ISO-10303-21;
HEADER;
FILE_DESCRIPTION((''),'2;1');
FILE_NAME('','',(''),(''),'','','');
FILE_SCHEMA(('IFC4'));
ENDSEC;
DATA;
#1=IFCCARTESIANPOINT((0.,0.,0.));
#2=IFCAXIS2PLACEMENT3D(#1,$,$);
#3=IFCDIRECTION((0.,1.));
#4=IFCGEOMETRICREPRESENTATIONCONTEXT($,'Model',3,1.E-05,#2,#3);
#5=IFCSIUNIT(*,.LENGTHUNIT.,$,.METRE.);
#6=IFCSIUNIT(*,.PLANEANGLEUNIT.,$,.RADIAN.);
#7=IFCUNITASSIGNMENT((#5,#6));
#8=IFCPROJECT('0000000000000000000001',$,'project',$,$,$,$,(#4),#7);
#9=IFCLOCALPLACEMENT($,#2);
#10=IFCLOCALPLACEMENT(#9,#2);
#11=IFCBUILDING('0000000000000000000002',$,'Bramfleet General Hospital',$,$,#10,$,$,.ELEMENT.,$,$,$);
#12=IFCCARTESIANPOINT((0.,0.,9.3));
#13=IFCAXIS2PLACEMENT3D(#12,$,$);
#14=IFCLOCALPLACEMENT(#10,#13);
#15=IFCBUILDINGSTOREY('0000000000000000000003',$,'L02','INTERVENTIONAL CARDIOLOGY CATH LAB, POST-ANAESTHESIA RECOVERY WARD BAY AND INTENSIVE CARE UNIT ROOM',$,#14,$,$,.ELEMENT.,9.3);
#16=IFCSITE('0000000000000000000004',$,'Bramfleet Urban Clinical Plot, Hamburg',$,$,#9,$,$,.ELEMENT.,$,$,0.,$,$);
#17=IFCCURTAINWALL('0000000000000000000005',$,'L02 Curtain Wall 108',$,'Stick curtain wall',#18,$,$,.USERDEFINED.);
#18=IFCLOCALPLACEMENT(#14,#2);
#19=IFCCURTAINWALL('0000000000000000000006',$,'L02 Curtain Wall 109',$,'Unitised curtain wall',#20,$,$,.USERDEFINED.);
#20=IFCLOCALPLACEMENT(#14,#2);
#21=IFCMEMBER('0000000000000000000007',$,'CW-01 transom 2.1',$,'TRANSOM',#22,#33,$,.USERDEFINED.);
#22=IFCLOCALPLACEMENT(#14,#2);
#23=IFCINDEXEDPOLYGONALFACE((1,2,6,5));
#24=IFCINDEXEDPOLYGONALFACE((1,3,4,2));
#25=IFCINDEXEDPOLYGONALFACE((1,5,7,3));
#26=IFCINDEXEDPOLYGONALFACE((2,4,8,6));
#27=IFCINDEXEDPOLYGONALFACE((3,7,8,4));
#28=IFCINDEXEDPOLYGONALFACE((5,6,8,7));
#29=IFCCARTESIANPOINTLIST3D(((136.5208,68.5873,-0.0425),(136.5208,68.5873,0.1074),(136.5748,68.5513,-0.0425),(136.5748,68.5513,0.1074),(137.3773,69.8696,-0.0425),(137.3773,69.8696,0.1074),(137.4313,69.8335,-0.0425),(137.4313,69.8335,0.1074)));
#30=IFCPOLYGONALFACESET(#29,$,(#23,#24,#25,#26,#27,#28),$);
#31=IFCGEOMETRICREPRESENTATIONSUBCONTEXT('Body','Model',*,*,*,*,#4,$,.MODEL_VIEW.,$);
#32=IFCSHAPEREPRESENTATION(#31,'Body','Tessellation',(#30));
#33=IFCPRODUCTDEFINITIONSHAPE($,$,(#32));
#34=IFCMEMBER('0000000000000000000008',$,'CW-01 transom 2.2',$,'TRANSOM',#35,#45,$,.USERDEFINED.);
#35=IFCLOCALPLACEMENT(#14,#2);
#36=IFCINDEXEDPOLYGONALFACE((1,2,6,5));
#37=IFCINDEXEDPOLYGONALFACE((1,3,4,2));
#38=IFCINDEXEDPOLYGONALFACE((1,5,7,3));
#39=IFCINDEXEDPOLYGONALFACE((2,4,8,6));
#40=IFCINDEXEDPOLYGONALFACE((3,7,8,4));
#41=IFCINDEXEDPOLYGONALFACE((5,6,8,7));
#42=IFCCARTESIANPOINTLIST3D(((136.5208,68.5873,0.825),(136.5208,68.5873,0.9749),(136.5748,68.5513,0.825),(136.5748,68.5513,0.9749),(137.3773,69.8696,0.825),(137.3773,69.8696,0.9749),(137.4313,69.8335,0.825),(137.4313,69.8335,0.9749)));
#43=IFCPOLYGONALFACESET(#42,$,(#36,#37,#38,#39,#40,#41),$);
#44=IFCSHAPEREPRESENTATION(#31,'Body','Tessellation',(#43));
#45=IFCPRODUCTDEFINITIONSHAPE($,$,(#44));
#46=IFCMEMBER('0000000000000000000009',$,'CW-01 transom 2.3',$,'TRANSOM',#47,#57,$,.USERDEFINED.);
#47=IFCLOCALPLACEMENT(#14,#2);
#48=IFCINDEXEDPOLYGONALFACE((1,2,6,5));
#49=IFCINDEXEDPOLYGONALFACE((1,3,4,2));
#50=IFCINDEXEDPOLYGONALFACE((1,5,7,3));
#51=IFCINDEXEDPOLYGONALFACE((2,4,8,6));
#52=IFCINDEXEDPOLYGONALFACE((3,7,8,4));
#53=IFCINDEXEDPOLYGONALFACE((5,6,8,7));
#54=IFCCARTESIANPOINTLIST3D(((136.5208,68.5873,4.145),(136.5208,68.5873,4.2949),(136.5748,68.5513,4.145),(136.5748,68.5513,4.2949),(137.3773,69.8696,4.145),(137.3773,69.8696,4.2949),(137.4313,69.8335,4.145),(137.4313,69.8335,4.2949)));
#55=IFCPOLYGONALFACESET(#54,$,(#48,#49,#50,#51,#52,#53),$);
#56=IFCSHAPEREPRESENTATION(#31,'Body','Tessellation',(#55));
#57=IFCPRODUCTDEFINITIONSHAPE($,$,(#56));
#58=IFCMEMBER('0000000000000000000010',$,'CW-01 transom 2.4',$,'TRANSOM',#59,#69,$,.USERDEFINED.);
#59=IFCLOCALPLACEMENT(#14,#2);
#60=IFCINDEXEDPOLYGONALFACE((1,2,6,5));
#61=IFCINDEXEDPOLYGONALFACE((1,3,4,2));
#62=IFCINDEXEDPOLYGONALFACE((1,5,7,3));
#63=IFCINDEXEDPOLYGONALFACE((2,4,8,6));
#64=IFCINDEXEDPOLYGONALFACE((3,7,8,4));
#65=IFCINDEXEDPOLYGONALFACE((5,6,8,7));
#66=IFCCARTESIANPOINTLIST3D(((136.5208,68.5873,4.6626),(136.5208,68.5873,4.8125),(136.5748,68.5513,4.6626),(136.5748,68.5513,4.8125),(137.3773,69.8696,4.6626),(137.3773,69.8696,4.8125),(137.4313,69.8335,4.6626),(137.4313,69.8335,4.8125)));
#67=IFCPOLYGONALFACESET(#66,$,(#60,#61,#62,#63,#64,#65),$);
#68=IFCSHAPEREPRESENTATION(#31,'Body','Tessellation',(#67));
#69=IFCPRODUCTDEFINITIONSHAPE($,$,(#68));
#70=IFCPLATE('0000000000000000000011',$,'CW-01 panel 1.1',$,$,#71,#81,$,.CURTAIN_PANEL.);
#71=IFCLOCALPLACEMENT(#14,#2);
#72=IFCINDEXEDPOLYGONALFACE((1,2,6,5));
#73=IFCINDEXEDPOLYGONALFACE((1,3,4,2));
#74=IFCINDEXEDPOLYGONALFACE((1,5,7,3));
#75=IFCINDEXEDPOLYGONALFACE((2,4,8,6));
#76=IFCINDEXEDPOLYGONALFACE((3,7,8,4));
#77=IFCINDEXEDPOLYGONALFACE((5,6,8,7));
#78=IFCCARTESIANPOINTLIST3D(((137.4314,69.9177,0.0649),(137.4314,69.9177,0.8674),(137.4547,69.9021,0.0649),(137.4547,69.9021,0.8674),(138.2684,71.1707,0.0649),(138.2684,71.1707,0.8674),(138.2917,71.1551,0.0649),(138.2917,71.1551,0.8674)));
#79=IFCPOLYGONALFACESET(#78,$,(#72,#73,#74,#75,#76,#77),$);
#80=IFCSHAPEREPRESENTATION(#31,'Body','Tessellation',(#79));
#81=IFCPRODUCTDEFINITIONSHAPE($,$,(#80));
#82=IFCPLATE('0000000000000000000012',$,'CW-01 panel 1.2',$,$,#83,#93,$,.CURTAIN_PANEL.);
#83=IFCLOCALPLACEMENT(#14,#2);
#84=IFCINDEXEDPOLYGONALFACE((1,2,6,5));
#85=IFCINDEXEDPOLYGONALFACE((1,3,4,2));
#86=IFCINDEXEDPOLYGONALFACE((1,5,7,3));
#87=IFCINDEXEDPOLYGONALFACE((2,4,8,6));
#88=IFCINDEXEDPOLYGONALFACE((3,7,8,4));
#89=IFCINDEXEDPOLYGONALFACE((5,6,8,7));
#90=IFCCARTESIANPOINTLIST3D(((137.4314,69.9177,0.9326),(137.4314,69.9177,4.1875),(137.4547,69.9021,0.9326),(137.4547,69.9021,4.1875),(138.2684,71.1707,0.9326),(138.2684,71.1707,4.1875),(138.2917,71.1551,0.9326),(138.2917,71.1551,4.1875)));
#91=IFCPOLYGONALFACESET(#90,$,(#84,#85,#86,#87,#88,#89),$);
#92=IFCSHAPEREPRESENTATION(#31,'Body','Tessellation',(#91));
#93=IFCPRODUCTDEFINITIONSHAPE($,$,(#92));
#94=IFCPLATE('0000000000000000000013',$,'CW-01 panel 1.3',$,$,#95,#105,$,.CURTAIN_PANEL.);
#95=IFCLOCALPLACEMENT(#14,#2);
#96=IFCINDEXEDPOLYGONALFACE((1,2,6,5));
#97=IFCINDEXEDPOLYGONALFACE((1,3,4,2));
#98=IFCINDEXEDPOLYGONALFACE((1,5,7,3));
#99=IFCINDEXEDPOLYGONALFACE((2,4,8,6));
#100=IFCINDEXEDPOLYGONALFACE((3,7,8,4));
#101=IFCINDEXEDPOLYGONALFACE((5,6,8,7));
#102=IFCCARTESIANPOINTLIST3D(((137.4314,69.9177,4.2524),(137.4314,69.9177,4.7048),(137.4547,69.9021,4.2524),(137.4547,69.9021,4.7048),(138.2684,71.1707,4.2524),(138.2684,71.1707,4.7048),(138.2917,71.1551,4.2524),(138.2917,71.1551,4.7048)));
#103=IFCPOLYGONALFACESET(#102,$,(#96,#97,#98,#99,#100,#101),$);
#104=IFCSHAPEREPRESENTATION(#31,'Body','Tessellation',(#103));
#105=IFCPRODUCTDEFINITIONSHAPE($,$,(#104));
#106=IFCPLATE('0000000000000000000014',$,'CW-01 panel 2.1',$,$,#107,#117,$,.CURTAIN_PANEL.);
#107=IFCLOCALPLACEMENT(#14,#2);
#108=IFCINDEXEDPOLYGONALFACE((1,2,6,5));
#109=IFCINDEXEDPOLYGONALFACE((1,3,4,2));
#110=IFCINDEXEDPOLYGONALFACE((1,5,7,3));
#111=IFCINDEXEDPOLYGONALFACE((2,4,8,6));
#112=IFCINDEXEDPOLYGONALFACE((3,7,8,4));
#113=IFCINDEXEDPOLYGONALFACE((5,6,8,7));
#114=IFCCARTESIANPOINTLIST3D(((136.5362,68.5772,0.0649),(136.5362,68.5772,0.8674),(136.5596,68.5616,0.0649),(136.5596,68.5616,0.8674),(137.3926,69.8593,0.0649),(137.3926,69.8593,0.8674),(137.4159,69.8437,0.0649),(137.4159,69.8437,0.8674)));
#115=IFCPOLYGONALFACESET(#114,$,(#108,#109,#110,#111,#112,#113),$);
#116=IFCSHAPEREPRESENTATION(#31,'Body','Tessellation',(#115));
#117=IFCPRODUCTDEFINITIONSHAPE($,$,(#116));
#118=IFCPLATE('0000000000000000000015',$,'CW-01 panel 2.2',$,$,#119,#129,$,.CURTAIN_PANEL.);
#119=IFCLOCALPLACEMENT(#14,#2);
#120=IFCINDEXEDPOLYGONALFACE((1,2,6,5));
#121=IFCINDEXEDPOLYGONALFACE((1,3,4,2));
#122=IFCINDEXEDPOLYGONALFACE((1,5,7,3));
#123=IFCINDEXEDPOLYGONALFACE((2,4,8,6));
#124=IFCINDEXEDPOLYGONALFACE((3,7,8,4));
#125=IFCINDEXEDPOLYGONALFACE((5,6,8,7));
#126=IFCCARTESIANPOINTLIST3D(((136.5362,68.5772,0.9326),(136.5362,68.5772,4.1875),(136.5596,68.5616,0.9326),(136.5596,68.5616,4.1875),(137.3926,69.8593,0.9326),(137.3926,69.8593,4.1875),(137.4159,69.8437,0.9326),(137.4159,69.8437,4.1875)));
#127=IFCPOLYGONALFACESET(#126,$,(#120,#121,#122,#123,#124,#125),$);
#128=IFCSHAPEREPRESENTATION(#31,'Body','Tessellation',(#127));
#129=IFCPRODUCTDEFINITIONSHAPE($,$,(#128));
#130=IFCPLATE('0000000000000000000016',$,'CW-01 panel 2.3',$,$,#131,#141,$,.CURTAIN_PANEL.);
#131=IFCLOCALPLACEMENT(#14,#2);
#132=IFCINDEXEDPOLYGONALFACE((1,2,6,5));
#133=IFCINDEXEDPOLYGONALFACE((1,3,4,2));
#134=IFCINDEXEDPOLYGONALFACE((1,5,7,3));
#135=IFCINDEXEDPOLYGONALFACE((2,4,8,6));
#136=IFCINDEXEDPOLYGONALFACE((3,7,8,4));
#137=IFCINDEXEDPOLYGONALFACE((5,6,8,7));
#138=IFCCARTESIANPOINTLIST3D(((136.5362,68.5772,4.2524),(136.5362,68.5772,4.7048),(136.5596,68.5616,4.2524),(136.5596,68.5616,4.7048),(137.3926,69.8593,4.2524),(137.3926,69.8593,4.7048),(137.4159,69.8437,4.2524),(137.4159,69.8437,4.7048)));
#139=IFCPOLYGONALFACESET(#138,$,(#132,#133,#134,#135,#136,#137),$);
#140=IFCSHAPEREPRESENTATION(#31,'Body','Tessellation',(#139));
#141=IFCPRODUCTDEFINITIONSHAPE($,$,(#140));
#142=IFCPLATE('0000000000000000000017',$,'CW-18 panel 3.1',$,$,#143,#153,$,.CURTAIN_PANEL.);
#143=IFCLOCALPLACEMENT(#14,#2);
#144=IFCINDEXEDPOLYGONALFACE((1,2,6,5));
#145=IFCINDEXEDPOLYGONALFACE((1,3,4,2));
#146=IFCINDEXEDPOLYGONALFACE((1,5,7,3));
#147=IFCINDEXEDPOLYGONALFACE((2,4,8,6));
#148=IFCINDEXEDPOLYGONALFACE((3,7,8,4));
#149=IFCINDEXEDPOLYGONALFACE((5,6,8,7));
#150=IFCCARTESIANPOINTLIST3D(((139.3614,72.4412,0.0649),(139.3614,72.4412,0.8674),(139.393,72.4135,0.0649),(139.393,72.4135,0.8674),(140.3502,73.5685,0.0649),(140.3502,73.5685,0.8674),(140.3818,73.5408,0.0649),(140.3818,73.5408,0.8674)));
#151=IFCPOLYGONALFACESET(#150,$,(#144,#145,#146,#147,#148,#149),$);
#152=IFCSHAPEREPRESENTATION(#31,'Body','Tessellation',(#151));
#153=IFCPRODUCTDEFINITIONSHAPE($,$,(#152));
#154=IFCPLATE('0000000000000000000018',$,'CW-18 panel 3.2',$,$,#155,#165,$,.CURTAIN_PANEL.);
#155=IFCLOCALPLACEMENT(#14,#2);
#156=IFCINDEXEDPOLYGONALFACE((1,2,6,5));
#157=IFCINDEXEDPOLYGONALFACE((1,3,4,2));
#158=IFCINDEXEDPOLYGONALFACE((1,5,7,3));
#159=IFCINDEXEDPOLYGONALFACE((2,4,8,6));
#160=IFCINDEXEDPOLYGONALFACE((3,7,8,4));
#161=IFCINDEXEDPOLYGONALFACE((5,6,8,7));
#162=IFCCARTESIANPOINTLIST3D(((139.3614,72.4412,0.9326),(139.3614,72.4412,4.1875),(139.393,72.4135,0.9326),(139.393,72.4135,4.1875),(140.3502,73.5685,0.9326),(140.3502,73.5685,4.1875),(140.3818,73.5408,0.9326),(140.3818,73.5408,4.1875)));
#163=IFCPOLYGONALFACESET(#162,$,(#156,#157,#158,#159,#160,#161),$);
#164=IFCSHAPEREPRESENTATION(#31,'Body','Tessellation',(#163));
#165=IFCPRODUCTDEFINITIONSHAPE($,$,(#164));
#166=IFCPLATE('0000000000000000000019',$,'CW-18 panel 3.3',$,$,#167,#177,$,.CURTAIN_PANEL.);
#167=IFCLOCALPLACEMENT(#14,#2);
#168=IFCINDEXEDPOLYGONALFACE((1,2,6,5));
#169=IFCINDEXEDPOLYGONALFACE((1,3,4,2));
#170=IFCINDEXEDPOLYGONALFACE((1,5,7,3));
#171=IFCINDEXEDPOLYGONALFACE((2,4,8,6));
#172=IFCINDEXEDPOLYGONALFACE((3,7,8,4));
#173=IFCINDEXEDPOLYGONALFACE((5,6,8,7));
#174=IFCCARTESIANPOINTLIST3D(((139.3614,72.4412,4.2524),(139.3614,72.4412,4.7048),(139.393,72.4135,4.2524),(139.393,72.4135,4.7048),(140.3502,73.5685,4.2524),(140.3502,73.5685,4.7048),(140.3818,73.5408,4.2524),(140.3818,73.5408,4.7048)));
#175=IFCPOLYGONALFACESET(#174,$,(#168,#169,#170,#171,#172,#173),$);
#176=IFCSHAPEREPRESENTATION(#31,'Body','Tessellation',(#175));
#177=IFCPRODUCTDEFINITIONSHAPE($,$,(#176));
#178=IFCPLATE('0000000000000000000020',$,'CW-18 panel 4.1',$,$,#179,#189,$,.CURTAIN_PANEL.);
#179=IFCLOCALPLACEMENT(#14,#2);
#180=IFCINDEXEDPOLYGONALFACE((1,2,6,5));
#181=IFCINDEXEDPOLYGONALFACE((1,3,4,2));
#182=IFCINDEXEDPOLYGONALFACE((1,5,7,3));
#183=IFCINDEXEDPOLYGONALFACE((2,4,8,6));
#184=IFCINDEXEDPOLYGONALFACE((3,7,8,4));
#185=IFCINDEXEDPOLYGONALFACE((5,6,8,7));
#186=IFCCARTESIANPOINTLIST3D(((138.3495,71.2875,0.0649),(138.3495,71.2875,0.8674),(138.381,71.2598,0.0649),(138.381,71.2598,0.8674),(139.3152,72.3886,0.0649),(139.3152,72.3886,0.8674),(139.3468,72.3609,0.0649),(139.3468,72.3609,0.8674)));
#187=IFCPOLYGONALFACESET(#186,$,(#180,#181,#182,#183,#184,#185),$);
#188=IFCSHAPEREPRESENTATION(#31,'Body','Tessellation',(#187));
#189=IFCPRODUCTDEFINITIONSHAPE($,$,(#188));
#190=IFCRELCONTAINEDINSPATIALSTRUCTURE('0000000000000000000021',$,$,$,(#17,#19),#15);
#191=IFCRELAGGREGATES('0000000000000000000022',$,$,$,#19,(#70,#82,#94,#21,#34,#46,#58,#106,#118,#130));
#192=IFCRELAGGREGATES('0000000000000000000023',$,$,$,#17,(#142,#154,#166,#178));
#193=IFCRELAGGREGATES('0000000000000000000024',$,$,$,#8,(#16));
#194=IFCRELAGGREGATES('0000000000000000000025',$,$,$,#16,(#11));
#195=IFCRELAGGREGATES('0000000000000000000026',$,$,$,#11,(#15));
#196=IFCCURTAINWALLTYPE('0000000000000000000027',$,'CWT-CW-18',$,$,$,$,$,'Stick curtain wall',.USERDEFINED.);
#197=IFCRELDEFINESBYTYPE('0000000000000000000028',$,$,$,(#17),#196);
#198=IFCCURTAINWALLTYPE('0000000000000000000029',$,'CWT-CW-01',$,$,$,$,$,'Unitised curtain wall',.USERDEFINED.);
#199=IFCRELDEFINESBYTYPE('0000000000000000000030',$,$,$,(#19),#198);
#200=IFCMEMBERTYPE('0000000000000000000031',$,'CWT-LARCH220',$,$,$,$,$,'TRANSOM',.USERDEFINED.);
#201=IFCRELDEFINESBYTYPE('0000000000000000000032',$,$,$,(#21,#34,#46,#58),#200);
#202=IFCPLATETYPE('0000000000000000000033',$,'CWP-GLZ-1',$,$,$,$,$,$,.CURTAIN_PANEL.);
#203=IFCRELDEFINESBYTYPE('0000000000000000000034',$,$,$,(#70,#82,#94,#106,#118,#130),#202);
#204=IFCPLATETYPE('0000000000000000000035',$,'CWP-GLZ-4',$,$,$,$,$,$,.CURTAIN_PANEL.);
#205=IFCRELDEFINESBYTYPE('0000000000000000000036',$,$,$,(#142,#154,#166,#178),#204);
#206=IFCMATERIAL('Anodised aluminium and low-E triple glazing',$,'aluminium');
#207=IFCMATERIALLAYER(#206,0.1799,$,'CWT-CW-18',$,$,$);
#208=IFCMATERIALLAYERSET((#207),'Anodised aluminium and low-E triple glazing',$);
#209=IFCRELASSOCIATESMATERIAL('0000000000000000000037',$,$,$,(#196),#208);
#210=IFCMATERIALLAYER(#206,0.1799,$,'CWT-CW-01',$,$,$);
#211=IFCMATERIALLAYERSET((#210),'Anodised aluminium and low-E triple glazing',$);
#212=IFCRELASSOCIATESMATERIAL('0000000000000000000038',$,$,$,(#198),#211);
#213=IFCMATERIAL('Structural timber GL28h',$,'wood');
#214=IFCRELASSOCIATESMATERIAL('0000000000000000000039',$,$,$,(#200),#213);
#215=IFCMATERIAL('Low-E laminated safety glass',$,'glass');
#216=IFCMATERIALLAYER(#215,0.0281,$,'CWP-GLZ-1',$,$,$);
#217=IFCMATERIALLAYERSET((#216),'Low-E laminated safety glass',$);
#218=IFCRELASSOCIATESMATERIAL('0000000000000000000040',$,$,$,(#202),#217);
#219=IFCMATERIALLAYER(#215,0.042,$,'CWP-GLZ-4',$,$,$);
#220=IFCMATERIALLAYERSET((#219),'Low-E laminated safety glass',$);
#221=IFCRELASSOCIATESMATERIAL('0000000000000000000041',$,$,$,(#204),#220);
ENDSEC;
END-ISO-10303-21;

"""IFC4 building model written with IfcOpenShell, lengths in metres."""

from ifc_helpers import new_model, si_unit, direction, frame, origin, origin_2d, place, context, subcontext, project, spatial, rectangle, extrude, material, layer, layer_set, material_profile, profile_set, type_object, element, aggregate, save


model = new_model("IFC4")

# Units and contexts
model_context = context("Model", 3, precision=1e-05, world=origin(), true_north=direction((0.0, 1.0)))
body_context = subcontext(model_context, "Body", "Model", "MODEL_VIEW")
ifc_project = project(units=[si_unit("LENGTHUNIT", "METRE"), si_unit("PLANEANGLEUNIT", "RADIAN")], contexts=[model_context])

# Site, building, storey
site_placement = place(None, origin())
site = spatial("IfcSite", under=ifc_project, at=site_placement, Name="Bramfleet Urban Clinical Plot, Hamburg", CompositionType="ELEMENT", RefElevation=0.0)
building_placement = place(site_placement, origin())
building = spatial("IfcBuilding", under=site, at=building_placement, Name="Bramfleet General Hospital", CompositionType="ELEMENT")
storey_placement = place(building_placement, frame((0.0, 0.0, 9.3)))
storey = spatial("IfcBuildingStorey", under=building, at=storey_placement, Name="L02", Description="INTERVENTIONAL CARDIOLOGY CATH LAB, POST-ANAESTHESIA RECOVERY WARD BAY AND INTENSIVE CARE UNIT ROOM", CompositionType="ELEMENT", Elevation=9.3)

# Curtain walls
ifc_material_1 = material(Name="Anodised aluminium and low-E triple glazing", Category="aluminium")
ifc_layer_1 = layer(ifc_material_1, 0.1799, Name="CWT-CW-18")
ifc_layer_set_1 = layer_set([ifc_layer_1], Name="Anodised aluminium and low-E triple glazing")
curtain_wall_type_1 = type_object("IfcCurtainWallType", Name="CWT-CW-18", ElementType="Stick curtain wall", PredefinedType="USERDEFINED", material=ifc_layer_set_1)
curtain_wall_1_placement = place(storey_placement, origin())
curtain_wall_1 = element("IfcCurtainWall", 1, at=curtain_wall_1_placement, inside=storey, type_object=curtain_wall_type_1, Name="L02 Curtain Wall 108", ObjectType="Stick curtain wall", PredefinedType="USERDEFINED")
ifc_material_2 = material(Name="Structural timber GL28h", Category="wood")
ifc_layer_2 = layer(ifc_material_1, 0.1799, Name="CWT-CW-01")
ifc_layer_set_2 = layer_set([ifc_layer_2], Name="Anodised aluminium and low-E triple glazing")
curtain_wall_type_2 = type_object("IfcCurtainWallType", Name="CWT-CW-01", ElementType="Unitised curtain wall", PredefinedType="USERDEFINED", material=ifc_layer_set_2)
curtain_wall_2_placement = place(storey_placement, origin())
curtain_wall_2 = element("IfcCurtainWall", 2, at=curtain_wall_2_placement, inside=storey, type_object=curtain_wall_type_2, Name="L02 Curtain Wall 109", ObjectType="Unitised curtain wall", PredefinedType="USERDEFINED")

# Members
ifc_material_profile_1 = material_profile(ifc_material_2, rectangle(XDim=0.0649, YDim=0.1499, at=origin_2d()), Name="LARCH 150x65")
ifc_profile_set_1 = profile_set([ifc_material_profile_1], Name="Structural timber GL28h")
member_type_1 = type_object("IfcMemberType", Name="CWT-LARCH220", ElementType="TRANSOM", PredefinedType="USERDEFINED", material=ifc_profile_set_1)
member_1_placement = place(storey_placement, frame((137.4043, 69.8516, 0.0325), z_axis=(-0.555431, -0.831563, 0.0), x_axis=(0.831563, -0.555431, 0.0)))
member_1 = element("IfcMember", 3, at=member_1_placement, type_object=member_type_1, Name="CW-01 transom 2.1", ObjectType="TRANSOM", PredefinedType="USERDEFINED", context=body_context, shape_type="SweptSolid", body=[
    extrude(rectangle(XDim=0.0649, YDim=0.1499, at=origin_2d()), origin(), (0.0, 0.0, 1.0), 1.542),
])
member_2_placement = place(storey_placement, frame((137.4043, 69.8516, 0.8999), z_axis=(-0.555431, -0.831563, 0.0), x_axis=(0.831563, -0.555431, 0.0)))
member_2 = element("IfcMember", 4, at=member_2_placement, type_object=member_type_1, Name="CW-01 transom 2.2", ObjectType="TRANSOM", PredefinedType="USERDEFINED", context=body_context, shape_type="SweptSolid", body=[
    extrude(rectangle(XDim=0.0649, YDim=0.1499, at=origin_2d()), origin(), (0.0, 0.0, 1.0), 1.542),
])
member_3_placement = place(storey_placement, frame((137.4043, 69.8516, 4.22), z_axis=(-0.555431, -0.831563, 0.0), x_axis=(0.831563, -0.555431, 0.0)))
member_3 = element("IfcMember", 5, at=member_3_placement, type_object=member_type_1, Name="CW-01 transom 2.3", ObjectType="TRANSOM", PredefinedType="USERDEFINED", context=body_context, shape_type="SweptSolid", body=[
    extrude(rectangle(XDim=0.0649, YDim=0.1499, at=origin_2d()), origin(), (0.0, 0.0, 1.0), 1.542),
])
member_4_placement = place(storey_placement, frame((137.4043, 69.8516, 4.7375), z_axis=(-0.555431, -0.831563, 0.0), x_axis=(0.831563, -0.555431, 0.0)))
member_4 = element("IfcMember", 6, at=member_4_placement, type_object=member_type_1, Name="CW-01 transom 2.4", ObjectType="TRANSOM", PredefinedType="USERDEFINED", context=body_context, shape_type="SweptSolid", body=[
    extrude(rectangle(XDim=0.0649, YDim=0.1499, at=origin_2d()), origin(), (0.0, 0.0, 1.0), 1.542),
])

# Plates
ifc_material_3 = material(Name="Low-E laminated safety glass", Category="glass")
ifc_layer_3 = layer(ifc_material_3, 0.0281, Name="CWP-GLZ-1")
ifc_layer_set_3 = layer_set([ifc_layer_3], Name="Low-E laminated safety glass")
plate_type_1 = type_object("IfcPlateType", Name="CWP-GLZ-1", PredefinedType="CURTAIN_PANEL", material=ifc_layer_set_3)
plate_1_placement = place(storey_placement, frame((137.8616, 70.5364, 0.0649), z_axis=(0.0, 0.0, 1.0), x_axis=(-0.555464, -0.831541, 0.0)))
plate_1 = element("IfcPlate", 7, at=plate_1_placement, type_object=plate_type_1, Name="CW-01 panel 1.1", PredefinedType="CURTAIN_PANEL", context=body_context, shape_type="SweptSolid", body=[
    extrude(rectangle(XDim=1.5068, YDim=0.0281, at=origin_2d()), origin(), (0.0, 0.0, 1.0), 0.8025),
])
plate_2_placement = place(storey_placement, frame((137.8616, 70.5364, 0.9326), z_axis=(0.0, 0.0, 1.0), x_axis=(-0.555464, -0.831541, 0.0)))
plate_2 = element("IfcPlate", 8, at=plate_2_placement, type_object=plate_type_1, Name="CW-01 panel 1.2", PredefinedType="CURTAIN_PANEL", context=body_context, shape_type="SweptSolid", body=[
    extrude(rectangle(XDim=1.5068, YDim=0.0281, at=origin_2d()), origin(), (0.0, 0.0, 1.0), 3.2549),
])
plate_3_placement = place(storey_placement, frame((137.8616, 70.5364, 4.2524), z_axis=(0.0, 0.0, 1.0), x_axis=(-0.555464, -0.831541, 0.0)))
plate_3 = element("IfcPlate", 9, at=plate_3_placement, type_object=plate_type_1, Name="CW-01 panel 1.3", PredefinedType="CURTAIN_PANEL", context=body_context, shape_type="SweptSolid", body=[
    extrude(rectangle(XDim=1.5068, YDim=0.0281, at=origin_2d()), origin(), (0.0, 0.0, 1.0), 0.4524),
])
plate_4_placement = place(storey_placement, frame((136.9761, 69.2104, 0.0649), z_axis=(0.0, 0.0, 1.0), x_axis=(-0.555464, -0.831541, 0.0)))
plate_4 = element("IfcPlate", 10, at=plate_4_placement, type_object=plate_type_1, Name="CW-01 panel 2.1", PredefinedType="CURTAIN_PANEL", context=body_context, shape_type="SweptSolid", body=[
    extrude(rectangle(XDim=1.5417, YDim=0.0281, at=origin_2d()), origin(), (0.0, 0.0, 1.0), 0.8025),
])
plate_5_placement = place(storey_placement, frame((136.9761, 69.2104, 0.9326), z_axis=(0.0, 0.0, 1.0), x_axis=(-0.555464, -0.831541, 0.0)))
plate_5 = element("IfcPlate", 11, at=plate_5_placement, type_object=plate_type_1, Name="CW-01 panel 2.2", PredefinedType="CURTAIN_PANEL", context=body_context, shape_type="SweptSolid", body=[
    extrude(rectangle(XDim=1.5417, YDim=0.0281, at=origin_2d()), origin(), (0.0, 0.0, 1.0), 3.2549),
])
plate_6_placement = place(storey_placement, frame((136.9761, 69.2104, 4.2524), z_axis=(0.0, 0.0, 1.0), x_axis=(-0.555464, -0.831541, 0.0)))
plate_6 = element("IfcPlate", 12, at=plate_6_placement, type_object=plate_type_1, Name="CW-01 panel 2.3", PredefinedType="CURTAIN_PANEL", context=body_context, shape_type="SweptSolid", body=[
    extrude(rectangle(XDim=1.5417, YDim=0.0281, at=origin_2d()), origin(), (0.0, 0.0, 1.0), 0.4524),
])
aggregate(curtain_wall_2, [plate_1, plate_2, plate_3, member_1, member_2, member_3, member_4, plate_4, plate_5, plate_6])
ifc_layer_4 = layer(ifc_material_3, 0.042, Name="CWP-GLZ-4")
ifc_layer_set_4 = layer_set([ifc_layer_4], Name="Low-E laminated safety glass")
plate_type_2 = type_object("IfcPlateType", Name="CWP-GLZ-4", PredefinedType="CURTAIN_PANEL", material=ifc_layer_set_4)
plate_7_placement = place(storey_placement, frame((139.8716, 72.991, 0.0649), z_axis=(0.0, 0.0, 1.0), x_axis=(-0.659406, -0.751787, 0.0)))
plate_7 = element("IfcPlate", 13, at=plate_7_placement, type_object=plate_type_2, Name="CW-18 panel 3.1", PredefinedType="CURTAIN_PANEL", context=body_context, shape_type="SweptSolid", body=[
    extrude(rectangle(XDim=1.4995, YDim=0.042, at=origin_2d()), origin(), (0.0, 0.0, 1.0), 0.8025),
])
plate_8_placement = place(storey_placement, frame((139.8716, 72.991, 0.9326), z_axis=(0.0, 0.0, 1.0), x_axis=(-0.659406, -0.751787, 0.0)))
plate_8 = element("IfcPlate", 14, at=plate_8_placement, type_object=plate_type_2, Name="CW-18 panel 3.2", PredefinedType="CURTAIN_PANEL", context=body_context, shape_type="SweptSolid", body=[
    extrude(rectangle(XDim=1.4995, YDim=0.042, at=origin_2d()), origin(), (0.0, 0.0, 1.0), 3.2549),
])
plate_9_placement = place(storey_placement, frame((139.8716, 72.991, 4.2524), z_axis=(0.0, 0.0, 1.0), x_axis=(-0.659406, -0.751787, 0.0)))
plate_9 = element("IfcPlate", 15, at=plate_9_placement, type_object=plate_type_2, Name="CW-18 panel 3.3", PredefinedType="CURTAIN_PANEL", context=body_context, shape_type="SweptSolid", body=[
    extrude(rectangle(XDim=1.4995, YDim=0.042, at=origin_2d()), origin(), (0.0, 0.0, 1.0), 0.4524),
])
plate_10_placement = place(storey_placement, frame((138.8481, 71.8242, 0.0649), z_axis=(0.0, 0.0, 1.0), x_axis=(-0.659406, -0.751787, 0.0)))
plate_10 = element("IfcPlate", 16, at=plate_10_placement, type_object=plate_type_2, Name="CW-18 panel 4.1", PredefinedType="CURTAIN_PANEL", context=body_context, shape_type="SweptSolid", body=[
    extrude(rectangle(XDim=1.4646, YDim=0.042, at=origin_2d()), origin(), (0.0, 0.0, 1.0), 0.8025),
])
aggregate(curtain_wall_1, [plate_7, plate_8, plate_9, plate_10])

save(model, "model.ifc")
